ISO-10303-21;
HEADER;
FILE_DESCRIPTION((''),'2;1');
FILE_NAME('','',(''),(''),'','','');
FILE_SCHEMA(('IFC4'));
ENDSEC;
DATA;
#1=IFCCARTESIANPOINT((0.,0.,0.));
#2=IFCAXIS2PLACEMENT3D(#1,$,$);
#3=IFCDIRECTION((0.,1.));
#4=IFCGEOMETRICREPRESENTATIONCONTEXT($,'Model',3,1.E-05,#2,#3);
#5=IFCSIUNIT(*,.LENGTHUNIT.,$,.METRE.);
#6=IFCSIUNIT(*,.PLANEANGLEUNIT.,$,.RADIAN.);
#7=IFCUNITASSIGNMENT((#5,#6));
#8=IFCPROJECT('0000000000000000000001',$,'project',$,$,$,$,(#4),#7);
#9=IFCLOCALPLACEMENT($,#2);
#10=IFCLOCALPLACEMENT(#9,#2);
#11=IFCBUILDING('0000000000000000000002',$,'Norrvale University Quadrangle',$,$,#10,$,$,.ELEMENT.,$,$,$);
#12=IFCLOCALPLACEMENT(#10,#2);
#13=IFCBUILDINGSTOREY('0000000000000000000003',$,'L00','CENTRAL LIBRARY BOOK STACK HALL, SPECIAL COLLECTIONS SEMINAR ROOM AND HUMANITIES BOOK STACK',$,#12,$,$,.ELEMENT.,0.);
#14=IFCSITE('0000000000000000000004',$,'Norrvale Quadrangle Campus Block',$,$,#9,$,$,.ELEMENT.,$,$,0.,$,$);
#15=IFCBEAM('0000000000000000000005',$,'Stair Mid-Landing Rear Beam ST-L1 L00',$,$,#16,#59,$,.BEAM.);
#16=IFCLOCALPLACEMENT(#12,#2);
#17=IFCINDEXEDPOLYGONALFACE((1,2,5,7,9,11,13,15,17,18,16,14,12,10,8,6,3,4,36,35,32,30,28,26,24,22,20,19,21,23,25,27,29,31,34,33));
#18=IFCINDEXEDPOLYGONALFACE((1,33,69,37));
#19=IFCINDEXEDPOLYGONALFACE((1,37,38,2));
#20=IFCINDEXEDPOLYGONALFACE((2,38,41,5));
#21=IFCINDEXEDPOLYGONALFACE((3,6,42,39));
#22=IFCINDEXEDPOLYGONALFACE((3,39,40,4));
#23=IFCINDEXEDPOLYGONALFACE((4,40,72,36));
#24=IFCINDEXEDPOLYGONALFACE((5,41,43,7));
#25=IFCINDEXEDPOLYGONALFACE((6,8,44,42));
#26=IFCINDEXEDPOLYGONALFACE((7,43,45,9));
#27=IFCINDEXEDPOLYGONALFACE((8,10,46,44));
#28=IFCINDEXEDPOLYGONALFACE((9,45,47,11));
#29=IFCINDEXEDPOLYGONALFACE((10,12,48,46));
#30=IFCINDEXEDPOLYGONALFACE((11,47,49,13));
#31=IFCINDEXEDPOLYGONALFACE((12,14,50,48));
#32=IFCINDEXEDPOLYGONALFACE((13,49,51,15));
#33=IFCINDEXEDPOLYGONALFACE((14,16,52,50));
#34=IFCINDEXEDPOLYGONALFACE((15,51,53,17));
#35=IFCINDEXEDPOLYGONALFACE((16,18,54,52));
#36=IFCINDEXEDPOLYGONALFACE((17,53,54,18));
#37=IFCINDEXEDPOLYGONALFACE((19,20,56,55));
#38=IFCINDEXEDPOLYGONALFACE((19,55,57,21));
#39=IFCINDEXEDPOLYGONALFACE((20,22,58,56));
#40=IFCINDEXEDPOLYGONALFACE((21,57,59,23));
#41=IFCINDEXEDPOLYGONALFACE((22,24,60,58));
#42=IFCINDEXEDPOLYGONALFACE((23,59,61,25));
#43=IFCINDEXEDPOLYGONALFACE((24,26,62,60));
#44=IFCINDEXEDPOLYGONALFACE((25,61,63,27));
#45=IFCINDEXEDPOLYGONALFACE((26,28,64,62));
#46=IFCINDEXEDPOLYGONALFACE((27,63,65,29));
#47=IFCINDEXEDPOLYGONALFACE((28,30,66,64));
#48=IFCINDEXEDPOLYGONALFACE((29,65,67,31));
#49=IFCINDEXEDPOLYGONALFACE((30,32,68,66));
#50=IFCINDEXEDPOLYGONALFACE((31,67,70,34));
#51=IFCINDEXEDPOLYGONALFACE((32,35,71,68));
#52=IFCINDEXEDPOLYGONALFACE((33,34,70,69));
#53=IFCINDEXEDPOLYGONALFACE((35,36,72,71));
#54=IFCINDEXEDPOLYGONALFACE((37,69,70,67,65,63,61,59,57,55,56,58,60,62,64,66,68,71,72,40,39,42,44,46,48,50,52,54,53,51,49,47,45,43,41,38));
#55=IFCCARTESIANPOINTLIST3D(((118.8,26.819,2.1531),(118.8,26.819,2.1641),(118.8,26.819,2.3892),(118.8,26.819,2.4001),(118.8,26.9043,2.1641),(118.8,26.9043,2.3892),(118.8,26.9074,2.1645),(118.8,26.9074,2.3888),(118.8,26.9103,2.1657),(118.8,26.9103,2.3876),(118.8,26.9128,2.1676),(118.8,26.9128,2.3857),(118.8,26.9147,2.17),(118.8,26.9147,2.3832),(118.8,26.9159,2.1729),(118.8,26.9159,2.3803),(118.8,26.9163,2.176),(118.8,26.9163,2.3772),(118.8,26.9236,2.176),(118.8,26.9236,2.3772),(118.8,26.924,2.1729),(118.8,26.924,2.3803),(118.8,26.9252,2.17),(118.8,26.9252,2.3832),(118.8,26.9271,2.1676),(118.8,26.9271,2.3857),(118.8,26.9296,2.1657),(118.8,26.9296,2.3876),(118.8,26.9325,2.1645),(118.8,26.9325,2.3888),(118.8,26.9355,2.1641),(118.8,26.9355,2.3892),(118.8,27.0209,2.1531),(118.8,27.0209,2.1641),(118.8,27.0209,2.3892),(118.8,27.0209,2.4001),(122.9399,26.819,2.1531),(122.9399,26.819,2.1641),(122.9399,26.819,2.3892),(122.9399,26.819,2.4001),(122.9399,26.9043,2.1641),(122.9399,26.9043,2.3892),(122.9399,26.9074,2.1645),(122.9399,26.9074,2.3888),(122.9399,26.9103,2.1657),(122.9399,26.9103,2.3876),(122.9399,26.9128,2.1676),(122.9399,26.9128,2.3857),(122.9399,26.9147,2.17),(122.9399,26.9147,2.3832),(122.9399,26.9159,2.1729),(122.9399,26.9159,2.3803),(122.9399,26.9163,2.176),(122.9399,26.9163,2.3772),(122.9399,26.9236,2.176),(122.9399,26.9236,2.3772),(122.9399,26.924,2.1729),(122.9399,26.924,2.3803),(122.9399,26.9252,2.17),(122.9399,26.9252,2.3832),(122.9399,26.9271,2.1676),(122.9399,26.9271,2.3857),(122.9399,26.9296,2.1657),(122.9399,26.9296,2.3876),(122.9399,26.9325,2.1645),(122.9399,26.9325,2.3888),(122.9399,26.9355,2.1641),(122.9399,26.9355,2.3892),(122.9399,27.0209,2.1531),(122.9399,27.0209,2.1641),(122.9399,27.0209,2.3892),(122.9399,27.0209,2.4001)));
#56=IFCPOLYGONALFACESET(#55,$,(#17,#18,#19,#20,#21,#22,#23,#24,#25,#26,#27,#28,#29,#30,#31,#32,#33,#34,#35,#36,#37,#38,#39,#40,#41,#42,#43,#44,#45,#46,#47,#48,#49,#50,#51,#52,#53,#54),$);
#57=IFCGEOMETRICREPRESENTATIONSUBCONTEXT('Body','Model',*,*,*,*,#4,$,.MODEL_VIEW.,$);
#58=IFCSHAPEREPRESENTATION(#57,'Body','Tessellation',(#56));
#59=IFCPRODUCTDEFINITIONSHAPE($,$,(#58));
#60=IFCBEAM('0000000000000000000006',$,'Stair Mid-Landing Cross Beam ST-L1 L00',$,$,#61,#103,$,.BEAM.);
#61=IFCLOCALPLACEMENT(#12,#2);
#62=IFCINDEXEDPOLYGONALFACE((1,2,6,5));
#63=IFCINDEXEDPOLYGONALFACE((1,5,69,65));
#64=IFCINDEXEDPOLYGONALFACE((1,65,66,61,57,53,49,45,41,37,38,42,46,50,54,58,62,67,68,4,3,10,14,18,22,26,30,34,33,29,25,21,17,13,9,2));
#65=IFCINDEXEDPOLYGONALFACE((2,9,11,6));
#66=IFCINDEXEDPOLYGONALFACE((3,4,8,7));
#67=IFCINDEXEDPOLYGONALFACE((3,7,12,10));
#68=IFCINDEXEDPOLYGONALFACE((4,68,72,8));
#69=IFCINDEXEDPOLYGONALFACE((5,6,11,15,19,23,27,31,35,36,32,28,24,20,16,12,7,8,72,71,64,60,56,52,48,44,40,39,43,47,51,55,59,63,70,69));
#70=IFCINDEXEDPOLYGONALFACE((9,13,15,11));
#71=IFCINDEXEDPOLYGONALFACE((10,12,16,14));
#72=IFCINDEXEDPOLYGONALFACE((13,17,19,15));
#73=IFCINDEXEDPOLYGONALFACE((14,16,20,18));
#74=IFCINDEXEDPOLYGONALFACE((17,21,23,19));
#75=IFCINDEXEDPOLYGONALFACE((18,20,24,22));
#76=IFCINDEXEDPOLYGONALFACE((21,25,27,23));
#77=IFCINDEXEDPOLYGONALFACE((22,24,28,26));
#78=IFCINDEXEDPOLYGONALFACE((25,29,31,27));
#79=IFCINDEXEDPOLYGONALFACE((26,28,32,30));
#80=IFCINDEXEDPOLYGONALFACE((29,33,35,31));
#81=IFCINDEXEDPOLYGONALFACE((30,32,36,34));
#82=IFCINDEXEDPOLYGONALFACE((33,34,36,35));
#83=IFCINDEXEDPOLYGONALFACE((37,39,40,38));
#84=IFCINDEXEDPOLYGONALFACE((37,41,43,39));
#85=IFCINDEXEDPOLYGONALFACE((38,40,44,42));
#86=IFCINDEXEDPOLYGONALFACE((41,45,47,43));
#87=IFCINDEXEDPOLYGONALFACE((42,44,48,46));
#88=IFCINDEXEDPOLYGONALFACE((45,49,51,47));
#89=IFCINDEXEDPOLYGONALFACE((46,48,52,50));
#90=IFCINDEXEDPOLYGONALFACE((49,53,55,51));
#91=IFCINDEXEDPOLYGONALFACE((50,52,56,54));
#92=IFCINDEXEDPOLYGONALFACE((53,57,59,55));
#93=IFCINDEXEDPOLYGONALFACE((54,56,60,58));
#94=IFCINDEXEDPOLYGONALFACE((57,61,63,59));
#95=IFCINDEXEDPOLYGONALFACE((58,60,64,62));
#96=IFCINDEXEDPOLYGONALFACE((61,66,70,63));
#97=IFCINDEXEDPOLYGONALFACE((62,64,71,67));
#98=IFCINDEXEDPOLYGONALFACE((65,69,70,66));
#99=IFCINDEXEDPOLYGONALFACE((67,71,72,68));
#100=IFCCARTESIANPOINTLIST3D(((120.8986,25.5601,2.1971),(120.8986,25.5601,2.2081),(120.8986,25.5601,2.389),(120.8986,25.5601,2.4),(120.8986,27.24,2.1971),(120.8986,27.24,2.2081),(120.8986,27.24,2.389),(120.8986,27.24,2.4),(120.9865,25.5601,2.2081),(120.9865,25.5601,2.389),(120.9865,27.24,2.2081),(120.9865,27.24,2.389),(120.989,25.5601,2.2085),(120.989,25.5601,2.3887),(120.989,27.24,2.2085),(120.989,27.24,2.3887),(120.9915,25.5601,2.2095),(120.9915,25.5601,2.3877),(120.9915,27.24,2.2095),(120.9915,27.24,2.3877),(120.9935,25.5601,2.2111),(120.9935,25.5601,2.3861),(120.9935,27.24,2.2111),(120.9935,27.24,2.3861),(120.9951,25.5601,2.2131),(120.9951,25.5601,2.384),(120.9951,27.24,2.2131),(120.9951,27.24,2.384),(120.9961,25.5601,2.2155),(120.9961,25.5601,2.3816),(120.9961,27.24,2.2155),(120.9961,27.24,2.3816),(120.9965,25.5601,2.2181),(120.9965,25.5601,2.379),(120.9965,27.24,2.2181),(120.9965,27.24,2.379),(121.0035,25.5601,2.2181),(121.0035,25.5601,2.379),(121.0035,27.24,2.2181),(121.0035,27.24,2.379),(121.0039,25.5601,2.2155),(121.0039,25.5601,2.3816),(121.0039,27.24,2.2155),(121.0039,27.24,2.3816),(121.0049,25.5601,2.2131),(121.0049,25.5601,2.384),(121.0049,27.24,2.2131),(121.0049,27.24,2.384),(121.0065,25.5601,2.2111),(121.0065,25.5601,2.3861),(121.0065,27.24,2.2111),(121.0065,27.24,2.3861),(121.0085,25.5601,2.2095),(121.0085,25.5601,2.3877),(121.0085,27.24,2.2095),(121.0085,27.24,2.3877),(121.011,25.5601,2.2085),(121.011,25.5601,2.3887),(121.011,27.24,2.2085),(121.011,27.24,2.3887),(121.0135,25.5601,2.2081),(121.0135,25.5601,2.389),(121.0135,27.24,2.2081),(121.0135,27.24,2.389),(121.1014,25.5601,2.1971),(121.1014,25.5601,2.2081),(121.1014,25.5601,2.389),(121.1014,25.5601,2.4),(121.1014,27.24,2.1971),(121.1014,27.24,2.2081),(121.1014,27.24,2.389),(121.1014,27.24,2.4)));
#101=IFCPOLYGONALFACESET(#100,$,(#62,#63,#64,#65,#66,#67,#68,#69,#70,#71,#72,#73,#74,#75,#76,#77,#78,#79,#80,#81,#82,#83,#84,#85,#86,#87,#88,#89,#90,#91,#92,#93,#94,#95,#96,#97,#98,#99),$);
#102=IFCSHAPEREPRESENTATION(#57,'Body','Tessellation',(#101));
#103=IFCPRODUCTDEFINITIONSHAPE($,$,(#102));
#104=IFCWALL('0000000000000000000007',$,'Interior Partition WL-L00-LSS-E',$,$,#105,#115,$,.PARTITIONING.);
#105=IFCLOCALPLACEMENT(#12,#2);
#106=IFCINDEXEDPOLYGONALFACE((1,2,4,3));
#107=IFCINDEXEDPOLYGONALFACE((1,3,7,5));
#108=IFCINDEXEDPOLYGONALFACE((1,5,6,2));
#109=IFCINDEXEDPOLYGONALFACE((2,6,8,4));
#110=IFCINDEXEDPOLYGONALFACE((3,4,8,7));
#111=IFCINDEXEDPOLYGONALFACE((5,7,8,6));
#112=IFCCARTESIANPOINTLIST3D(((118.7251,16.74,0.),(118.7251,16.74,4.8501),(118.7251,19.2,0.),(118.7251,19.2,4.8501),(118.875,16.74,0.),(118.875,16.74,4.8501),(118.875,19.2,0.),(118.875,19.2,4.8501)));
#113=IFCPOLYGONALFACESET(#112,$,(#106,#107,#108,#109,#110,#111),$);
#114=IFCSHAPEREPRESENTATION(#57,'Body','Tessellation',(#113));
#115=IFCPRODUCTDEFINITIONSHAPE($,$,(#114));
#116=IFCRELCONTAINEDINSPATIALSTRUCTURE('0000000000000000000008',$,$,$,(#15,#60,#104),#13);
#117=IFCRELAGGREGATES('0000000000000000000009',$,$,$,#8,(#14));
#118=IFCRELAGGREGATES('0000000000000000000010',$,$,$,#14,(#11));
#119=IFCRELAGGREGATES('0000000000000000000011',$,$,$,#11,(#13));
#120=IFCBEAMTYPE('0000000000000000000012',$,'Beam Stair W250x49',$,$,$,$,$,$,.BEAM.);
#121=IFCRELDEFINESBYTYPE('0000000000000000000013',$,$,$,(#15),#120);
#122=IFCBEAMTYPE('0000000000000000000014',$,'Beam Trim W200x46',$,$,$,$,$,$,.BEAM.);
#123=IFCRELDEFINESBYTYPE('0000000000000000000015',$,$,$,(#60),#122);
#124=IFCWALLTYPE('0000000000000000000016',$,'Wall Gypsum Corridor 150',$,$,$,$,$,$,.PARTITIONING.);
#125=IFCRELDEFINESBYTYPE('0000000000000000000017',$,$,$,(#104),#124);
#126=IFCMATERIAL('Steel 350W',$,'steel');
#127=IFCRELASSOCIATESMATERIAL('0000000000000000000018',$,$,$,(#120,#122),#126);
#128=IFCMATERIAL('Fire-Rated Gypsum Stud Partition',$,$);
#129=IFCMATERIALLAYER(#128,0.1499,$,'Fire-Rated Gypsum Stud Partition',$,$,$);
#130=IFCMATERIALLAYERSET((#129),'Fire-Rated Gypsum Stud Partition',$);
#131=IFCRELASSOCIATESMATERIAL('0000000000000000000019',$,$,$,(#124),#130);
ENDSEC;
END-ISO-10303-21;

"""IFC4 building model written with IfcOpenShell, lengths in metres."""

from ifc_helpers import new_model, si_unit, direction, frame, frame_2d, origin, origin_2d, place, context, subcontext, project, spatial, rectangle, i_section, extrude, material, layer, layer_set, material_profile, profile_set, type_object, element, save


model = new_model("IFC4")

# Units and contexts
model_context = context("Model", 3, precision=1e-05, world=origin(), true_north=direction((0.0, 1.0)))
body_context = subcontext(model_context, "Body", "Model", "MODEL_VIEW")
ifc_project = project(units=[si_unit("LENGTHUNIT", "METRE"), si_unit("PLANEANGLEUNIT", "RADIAN")], contexts=[model_context])

# Site, building, storey
site_placement = place(None, origin())
site = spatial("IfcSite", under=ifc_project, at=site_placement, Name="Norrvale Quadrangle Campus Block", CompositionType="ELEMENT", RefElevation=0.0)
building_placement = place(site_placement, origin())
building = spatial("IfcBuilding", under=site, at=building_placement, Name="Norrvale University Quadrangle", CompositionType="ELEMENT")
storey_placement = place(building_placement, origin())
storey = spatial("IfcBuildingStorey", under=building, at=storey_placement, Name="L00", Description="CENTRAL LIBRARY BOOK STACK HALL, SPECIAL COLLECTIONS SEMINAR ROOM AND HUMANITIES BOOK STACK", CompositionType="ELEMENT", Elevation=0.0)

# Beams
ifc_material_1 = material(Name="Steel 350W", Category="steel")
ifc_material_profile_1 = material_profile(ifc_material_1, i_section(OverallWidth=0.2019, OverallDepth=0.2471, WebThickness=0.0073, FlangeThickness=0.011, FilletRadius=0.012, at=origin_2d()), Name="Steel 350W")
ifc_profile_set_1 = profile_set([ifc_material_profile_1], Name="Steel 350W")
beam_type_1 = type_object("IfcBeamType", Name="Beam Stair W250x49", PredefinedType="BEAM", material=ifc_profile_set_1)
for number, where, z_axis, x_axis, name in (
    (1, (118.8, 26.9199, 2.2766), (1.0, 0.0, 0.0), (0.0, 1.0, 0.0), "Stair Mid-Landing Rear Beam ST-L1 L00"),
):
    element("IfcBeam", number, at=place(storey_placement, frame(where, z_axis=z_axis, x_axis=x_axis)), inside=storey, type_object=beam_type_1, Name=name, PredefinedType="BEAM", context=body_context, shape_type="SweptSolid", body=[
        extrude(i_section(OverallWidth=0.2019, OverallDepth=0.2471, WebThickness=0.0073, FlangeThickness=0.011, FilletRadius=0.012, at=origin_2d()), origin(), (0.0, 0.0, 1.0), 4.1399),
    ])
ifc_material_profile_2 = material_profile(ifc_material_1, i_section(OverallWidth=0.2029, OverallDepth=0.2029, WebThickness=0.0071, FlangeThickness=0.011, FilletRadius=0.01, at=origin_2d()), Name="Steel 350W")
ifc_profile_set_2 = profile_set([ifc_material_profile_2], Name="Steel 350W")
beam_type_2 = type_object("IfcBeamType", Name="Beam Trim W200x46", PredefinedType="BEAM", material=ifc_profile_set_2)
beam_1_placement = place(storey_placement, frame((121.0, 25.5601, 2.2986), z_axis=(0.0, 1.0, 0.0), x_axis=(-1.0, 0.0, 0.0)))
element("IfcBeam", 2, at=beam_1_placement, inside=storey, type_object=beam_type_2, Name="Stair Mid-Landing Cross Beam ST-L1 L00", PredefinedType="BEAM", context=body_context, shape_type="SweptSolid", body=[
    extrude(i_section(OverallWidth=0.2029, OverallDepth=0.2029, WebThickness=0.0071, FlangeThickness=0.011, FilletRadius=0.01, at=origin_2d()), origin(), (0.0, 0.0, 1.0), 1.6799),
])

# Wall
ifc_material_2 = material(Name="Fire-Rated Gypsum Stud Partition")
ifc_layer_1 = layer(ifc_material_2, 0.1499, Name="Fire-Rated Gypsum Stud Partition")
ifc_layer_set_1 = layer_set([ifc_layer_1], Name="Fire-Rated Gypsum Stud Partition")
wall_type_1 = type_object("IfcWallType", Name="Wall Gypsum Corridor 150", PredefinedType="PARTITIONING", material=ifc_layer_set_1)
wall_1_placement = place(storey_placement, frame((118.8, 16.74, 0.0), z_axis=(0.0, 0.0, 1.0), x_axis=(0.0, 1.0, 0.0)))
element("IfcWall", 3, at=wall_1_placement, inside=storey, type_object=wall_type_1, Name="Interior Partition WL-L00-LSS-E", PredefinedType="PARTITIONING", context=body_context, shape_type="SweptSolid", body=[
    extrude(rectangle(XDim=2.46, YDim=0.1499, at=frame_2d((1.23, 0.0))), origin(), (0.0, 0.0, 1.0), 4.8501),
])

save(model, "model.ifc")
